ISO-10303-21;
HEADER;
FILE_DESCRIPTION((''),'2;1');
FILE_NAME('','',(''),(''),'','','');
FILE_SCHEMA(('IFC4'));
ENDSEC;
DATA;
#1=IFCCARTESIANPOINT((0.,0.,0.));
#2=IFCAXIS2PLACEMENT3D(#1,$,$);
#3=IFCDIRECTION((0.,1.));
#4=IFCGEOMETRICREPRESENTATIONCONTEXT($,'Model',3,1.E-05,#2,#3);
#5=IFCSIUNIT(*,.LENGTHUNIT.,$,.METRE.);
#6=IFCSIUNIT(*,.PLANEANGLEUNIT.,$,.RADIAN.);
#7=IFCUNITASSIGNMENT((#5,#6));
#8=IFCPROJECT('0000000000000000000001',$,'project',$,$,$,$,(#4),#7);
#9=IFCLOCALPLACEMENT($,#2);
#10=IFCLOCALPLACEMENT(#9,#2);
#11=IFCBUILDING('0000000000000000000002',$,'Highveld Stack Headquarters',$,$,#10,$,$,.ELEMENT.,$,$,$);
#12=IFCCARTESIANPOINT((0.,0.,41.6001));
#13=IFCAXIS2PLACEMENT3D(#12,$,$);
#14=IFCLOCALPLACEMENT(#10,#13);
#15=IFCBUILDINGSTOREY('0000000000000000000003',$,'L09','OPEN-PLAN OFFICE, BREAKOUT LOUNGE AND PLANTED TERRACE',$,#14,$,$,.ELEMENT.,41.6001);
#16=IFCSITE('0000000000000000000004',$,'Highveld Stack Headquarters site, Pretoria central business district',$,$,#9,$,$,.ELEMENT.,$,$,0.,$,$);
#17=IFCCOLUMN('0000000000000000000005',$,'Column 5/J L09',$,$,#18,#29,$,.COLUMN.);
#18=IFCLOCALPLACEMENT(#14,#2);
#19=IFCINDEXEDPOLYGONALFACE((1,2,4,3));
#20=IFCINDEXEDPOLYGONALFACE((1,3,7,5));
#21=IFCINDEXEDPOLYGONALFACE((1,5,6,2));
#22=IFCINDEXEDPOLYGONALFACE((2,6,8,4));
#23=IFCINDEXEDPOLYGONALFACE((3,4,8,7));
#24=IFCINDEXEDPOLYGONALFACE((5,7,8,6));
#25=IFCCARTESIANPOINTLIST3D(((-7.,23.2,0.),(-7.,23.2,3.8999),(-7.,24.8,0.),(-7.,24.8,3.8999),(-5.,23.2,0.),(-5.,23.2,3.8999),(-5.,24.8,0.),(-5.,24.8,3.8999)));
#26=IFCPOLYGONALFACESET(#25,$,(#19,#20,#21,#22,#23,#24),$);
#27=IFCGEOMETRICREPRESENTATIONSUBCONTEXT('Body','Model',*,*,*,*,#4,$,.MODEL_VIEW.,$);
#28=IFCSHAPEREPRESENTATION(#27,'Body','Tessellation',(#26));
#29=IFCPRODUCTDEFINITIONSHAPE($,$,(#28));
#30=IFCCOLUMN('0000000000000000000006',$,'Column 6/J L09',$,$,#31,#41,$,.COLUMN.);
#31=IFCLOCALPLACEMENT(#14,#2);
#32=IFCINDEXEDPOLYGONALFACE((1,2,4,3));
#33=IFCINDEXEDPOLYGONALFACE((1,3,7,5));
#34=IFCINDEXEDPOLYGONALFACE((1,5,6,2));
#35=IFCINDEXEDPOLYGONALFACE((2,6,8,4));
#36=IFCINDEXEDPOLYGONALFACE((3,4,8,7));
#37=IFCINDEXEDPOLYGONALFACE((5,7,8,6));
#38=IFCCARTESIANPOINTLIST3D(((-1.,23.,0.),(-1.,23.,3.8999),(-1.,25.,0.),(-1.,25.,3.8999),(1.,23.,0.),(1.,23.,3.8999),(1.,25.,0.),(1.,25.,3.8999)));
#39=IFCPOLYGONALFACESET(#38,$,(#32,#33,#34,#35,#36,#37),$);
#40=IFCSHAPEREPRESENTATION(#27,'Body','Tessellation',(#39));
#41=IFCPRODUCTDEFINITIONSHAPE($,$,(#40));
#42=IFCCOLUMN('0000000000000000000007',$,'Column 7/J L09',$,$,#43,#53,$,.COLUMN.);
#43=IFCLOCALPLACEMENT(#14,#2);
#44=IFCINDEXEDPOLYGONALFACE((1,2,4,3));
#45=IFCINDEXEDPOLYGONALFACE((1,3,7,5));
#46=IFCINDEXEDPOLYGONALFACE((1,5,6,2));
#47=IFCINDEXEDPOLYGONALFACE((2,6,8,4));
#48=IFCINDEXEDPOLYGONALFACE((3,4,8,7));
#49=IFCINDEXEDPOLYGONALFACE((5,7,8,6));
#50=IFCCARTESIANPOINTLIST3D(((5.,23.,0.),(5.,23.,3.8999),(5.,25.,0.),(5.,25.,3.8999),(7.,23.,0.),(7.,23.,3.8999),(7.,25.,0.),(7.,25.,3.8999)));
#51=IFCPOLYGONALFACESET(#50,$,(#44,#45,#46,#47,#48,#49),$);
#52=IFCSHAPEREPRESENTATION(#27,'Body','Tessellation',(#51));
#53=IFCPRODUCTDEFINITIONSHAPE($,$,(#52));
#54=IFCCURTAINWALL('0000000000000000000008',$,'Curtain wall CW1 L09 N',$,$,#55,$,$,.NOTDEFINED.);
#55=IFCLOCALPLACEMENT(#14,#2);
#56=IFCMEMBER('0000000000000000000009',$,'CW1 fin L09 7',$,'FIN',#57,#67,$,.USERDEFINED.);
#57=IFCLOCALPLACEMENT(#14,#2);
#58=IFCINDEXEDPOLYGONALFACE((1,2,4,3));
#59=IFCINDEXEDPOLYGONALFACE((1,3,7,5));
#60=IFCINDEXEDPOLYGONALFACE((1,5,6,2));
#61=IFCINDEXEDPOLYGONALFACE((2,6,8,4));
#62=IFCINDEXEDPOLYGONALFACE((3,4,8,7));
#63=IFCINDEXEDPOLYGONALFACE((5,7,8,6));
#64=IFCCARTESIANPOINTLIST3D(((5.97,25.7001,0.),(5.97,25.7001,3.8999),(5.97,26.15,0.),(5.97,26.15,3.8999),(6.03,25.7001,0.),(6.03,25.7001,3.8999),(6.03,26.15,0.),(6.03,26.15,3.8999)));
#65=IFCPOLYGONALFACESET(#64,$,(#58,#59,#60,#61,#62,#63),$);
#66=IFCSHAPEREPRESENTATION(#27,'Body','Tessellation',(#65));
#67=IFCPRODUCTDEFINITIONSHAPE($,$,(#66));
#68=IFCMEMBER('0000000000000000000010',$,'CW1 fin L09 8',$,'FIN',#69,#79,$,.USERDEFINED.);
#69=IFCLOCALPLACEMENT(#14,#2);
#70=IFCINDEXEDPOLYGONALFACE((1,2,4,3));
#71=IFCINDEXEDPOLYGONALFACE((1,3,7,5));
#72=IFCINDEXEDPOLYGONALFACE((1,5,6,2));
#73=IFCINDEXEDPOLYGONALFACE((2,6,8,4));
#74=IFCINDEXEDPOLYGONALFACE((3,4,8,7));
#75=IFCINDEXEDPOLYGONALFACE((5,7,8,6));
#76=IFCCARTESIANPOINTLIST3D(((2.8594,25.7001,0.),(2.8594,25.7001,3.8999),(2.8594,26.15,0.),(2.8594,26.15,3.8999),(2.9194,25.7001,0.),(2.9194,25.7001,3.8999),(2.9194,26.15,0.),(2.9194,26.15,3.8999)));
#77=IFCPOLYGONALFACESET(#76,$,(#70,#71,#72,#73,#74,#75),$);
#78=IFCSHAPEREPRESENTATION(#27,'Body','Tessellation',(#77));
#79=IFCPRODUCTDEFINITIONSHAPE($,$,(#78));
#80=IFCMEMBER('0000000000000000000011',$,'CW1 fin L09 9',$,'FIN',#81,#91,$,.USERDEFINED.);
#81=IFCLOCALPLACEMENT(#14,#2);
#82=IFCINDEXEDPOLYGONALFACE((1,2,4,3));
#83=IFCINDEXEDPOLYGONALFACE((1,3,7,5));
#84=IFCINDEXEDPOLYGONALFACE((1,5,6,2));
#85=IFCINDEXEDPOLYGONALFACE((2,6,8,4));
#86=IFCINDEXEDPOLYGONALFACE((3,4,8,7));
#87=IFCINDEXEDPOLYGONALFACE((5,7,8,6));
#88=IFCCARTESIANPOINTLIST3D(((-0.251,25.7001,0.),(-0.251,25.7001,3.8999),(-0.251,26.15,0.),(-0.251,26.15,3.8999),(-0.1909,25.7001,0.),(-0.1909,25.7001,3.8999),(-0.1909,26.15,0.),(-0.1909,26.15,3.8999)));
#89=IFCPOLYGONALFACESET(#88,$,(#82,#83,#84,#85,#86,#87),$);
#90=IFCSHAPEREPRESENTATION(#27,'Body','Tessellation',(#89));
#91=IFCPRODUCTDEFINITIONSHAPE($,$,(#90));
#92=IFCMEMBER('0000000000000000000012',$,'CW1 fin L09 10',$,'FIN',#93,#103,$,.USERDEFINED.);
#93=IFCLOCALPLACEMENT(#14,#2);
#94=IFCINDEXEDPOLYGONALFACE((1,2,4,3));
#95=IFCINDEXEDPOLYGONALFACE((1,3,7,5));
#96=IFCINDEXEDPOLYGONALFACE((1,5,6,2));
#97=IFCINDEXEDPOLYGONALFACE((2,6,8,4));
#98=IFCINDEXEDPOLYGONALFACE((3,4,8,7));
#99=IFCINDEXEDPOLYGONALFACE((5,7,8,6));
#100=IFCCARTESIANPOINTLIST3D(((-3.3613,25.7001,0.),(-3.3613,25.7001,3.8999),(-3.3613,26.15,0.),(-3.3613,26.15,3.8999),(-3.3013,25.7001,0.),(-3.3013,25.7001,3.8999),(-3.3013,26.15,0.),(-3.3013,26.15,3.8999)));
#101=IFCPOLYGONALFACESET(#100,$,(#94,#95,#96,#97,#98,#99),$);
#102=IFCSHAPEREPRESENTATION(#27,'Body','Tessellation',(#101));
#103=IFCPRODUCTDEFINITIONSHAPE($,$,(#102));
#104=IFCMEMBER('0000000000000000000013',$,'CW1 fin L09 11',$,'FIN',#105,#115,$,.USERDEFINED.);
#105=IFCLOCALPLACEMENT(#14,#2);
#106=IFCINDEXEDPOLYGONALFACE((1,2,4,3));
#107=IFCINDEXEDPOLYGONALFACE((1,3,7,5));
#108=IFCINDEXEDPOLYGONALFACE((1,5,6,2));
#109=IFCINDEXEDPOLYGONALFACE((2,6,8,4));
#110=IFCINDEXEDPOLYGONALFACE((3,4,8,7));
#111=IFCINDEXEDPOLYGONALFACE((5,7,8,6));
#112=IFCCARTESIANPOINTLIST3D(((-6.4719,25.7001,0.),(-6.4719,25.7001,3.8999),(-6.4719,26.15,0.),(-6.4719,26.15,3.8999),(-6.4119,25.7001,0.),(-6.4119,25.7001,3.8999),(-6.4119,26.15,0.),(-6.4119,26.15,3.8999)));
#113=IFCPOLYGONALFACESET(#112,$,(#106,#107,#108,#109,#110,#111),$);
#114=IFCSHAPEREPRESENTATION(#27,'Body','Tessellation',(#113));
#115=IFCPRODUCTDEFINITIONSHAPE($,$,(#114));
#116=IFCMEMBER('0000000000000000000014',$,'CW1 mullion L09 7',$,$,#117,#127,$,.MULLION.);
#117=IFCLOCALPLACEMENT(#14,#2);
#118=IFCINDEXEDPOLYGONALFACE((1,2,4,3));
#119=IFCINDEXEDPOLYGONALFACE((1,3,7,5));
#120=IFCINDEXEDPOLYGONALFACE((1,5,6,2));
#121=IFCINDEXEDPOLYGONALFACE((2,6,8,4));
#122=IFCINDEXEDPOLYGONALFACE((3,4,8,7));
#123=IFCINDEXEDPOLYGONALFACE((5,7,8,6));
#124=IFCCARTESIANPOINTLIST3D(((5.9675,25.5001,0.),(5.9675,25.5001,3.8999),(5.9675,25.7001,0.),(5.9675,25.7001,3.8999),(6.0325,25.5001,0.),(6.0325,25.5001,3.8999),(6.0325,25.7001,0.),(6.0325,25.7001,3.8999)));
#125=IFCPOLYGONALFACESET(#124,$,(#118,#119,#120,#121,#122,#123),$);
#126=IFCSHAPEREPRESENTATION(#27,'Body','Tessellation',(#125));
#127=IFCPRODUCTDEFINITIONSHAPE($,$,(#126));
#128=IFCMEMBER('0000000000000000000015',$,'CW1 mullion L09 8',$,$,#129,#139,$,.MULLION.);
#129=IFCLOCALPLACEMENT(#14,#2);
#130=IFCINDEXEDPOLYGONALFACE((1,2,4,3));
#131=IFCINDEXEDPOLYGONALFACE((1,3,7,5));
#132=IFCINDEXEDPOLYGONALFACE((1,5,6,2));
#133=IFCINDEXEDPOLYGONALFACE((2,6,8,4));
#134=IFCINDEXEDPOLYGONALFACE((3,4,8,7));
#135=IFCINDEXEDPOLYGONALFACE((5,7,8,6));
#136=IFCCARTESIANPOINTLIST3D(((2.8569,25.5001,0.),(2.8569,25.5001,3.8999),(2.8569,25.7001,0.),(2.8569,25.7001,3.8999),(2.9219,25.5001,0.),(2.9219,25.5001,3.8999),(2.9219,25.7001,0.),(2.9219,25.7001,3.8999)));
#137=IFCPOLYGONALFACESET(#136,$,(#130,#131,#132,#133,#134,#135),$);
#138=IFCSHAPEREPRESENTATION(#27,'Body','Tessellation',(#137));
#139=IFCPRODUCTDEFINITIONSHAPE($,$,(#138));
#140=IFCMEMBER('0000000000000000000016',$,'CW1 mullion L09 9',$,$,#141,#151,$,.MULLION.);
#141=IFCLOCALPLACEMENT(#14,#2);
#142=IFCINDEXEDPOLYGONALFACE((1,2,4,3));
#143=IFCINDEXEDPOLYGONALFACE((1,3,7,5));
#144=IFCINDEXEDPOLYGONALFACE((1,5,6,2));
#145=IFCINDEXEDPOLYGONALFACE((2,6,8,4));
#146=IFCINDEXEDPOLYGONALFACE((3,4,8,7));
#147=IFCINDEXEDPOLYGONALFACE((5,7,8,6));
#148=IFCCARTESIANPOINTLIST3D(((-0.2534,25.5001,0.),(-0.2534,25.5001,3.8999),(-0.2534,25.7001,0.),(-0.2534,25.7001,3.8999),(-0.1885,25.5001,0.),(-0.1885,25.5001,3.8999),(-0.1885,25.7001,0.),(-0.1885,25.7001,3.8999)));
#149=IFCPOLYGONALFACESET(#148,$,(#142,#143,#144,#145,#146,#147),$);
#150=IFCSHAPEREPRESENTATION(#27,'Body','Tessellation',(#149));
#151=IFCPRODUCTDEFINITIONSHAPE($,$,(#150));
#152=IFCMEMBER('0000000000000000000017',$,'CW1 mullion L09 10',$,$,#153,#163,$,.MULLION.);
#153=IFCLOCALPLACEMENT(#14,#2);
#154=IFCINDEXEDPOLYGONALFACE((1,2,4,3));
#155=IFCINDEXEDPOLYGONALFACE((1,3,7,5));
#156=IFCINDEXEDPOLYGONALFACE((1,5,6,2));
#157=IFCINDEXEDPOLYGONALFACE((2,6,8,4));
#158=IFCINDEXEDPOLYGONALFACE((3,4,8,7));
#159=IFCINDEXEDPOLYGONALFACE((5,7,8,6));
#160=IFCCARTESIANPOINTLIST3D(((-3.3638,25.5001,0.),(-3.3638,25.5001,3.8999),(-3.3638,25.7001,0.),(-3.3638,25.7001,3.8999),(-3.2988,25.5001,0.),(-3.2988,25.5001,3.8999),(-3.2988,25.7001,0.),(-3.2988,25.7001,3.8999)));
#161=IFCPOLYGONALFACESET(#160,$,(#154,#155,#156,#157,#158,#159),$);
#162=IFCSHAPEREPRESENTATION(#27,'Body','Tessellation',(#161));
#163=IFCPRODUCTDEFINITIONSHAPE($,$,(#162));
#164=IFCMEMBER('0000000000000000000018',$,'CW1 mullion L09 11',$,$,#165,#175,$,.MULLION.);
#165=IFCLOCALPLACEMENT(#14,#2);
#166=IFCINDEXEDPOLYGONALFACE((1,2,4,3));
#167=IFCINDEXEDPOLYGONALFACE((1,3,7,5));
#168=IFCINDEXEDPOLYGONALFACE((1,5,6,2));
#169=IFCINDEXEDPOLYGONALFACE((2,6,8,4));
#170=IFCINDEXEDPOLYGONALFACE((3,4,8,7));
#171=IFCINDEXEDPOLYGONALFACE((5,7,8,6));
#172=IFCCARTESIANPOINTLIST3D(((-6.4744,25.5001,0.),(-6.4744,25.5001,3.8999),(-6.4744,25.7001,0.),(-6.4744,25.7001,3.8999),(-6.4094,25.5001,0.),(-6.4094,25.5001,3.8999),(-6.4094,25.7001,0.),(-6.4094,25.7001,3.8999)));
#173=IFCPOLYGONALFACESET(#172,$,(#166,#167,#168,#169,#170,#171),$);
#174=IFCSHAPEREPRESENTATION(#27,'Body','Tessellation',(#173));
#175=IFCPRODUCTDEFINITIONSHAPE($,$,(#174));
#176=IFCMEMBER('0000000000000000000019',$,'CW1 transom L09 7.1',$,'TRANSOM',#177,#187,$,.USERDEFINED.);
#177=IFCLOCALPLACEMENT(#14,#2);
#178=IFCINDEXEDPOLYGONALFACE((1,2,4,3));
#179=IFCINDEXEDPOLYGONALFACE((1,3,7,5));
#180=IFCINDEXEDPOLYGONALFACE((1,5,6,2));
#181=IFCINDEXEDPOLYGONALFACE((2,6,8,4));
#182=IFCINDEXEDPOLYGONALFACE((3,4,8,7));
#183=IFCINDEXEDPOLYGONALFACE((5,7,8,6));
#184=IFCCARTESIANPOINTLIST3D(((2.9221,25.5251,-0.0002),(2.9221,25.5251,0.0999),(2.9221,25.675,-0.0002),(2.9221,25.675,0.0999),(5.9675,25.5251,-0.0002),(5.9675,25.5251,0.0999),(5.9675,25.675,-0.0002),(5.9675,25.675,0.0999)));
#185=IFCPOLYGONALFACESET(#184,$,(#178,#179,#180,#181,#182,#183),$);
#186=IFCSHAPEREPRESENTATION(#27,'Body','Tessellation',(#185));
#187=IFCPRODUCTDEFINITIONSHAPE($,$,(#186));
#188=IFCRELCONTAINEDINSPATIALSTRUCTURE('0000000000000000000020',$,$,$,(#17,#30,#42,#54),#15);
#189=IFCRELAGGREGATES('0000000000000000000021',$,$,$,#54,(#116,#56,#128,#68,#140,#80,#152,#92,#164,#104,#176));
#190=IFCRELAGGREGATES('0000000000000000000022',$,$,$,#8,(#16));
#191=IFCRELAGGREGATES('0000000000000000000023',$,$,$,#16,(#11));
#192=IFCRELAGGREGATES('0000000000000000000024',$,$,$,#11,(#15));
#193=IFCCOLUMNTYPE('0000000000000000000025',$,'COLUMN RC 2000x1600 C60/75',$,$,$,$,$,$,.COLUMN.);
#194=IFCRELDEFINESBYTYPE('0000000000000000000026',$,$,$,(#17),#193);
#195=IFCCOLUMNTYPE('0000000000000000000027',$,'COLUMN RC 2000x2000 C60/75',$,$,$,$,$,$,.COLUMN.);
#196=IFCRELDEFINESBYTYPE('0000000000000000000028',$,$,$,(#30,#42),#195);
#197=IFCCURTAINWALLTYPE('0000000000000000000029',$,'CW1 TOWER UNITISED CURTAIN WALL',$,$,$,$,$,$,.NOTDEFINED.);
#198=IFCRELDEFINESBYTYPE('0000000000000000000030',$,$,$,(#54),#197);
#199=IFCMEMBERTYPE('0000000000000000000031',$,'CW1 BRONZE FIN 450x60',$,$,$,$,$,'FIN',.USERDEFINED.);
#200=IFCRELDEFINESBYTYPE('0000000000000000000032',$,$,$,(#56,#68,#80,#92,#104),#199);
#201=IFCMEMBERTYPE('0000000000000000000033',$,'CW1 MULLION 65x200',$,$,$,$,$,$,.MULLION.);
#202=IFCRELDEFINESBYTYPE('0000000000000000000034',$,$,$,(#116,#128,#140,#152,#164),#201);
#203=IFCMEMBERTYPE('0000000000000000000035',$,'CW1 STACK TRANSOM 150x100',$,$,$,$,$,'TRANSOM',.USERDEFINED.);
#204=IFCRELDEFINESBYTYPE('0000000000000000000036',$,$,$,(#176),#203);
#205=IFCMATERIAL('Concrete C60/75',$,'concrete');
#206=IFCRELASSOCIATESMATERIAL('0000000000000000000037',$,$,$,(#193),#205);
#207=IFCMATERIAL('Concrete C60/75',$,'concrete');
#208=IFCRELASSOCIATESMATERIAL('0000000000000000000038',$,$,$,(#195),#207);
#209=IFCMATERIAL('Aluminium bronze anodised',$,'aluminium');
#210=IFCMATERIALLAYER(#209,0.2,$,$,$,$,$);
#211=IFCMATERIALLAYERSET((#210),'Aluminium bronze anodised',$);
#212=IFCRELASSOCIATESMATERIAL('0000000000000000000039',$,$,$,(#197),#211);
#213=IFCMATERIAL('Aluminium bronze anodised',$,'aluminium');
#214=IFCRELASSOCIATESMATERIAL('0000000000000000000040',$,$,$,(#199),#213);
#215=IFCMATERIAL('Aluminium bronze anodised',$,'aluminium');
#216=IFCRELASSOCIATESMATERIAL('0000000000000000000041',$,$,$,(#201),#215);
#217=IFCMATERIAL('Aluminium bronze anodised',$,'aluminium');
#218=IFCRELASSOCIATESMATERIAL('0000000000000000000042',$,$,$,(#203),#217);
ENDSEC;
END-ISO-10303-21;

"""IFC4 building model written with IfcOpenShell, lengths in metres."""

from ifc_helpers import new_model, si_unit, direction, frame, origin, origin_2d, place, context, subcontext, project, spatial, rectangle, extrude, material, layer, layer_set, material_profile, profile_set, type_object, element, aggregate, save


model = new_model("IFC4")

# Units and contexts
model_context = context("Model", 3, precision=1e-05, world=origin(), true_north=direction((0.0, 1.0)))
body_context = subcontext(model_context, "Body", "Model", "MODEL_VIEW")
ifc_project = project(units=[si_unit("LENGTHUNIT", "METRE"), si_unit("PLANEANGLEUNIT", "RADIAN")], contexts=[model_context])

# Site, building, storey
site_placement = place(None, origin())
site = spatial("IfcSite", under=ifc_project, at=site_placement, Name="Highveld Stack Headquarters site, Pretoria central business district", CompositionType="ELEMENT", RefElevation=0.0)
building_placement = place(site_placement, origin())
building = spatial("IfcBuilding", under=site, at=building_placement, Name="Highveld Stack Headquarters", CompositionType="ELEMENT")
storey_placement = place(building_placement, frame((0.0, 0.0, 41.6001)))
storey = spatial("IfcBuildingStorey", under=building, at=storey_placement, Name="L09", Description="OPEN-PLAN OFFICE, BREAKOUT LOUNGE AND PLANTED TERRACE", CompositionType="ELEMENT", Elevation=41.6001)

# Columns
ifc_material_1 = material(Name="Concrete C60/75", Category="concrete")
ifc_material_profile_1 = material_profile(ifc_material_1, rectangle(XDim=2.0, YDim=1.6001, at=origin_2d()), Name="RC 2000x1600")
ifc_profile_set_1 = profile_set([ifc_material_profile_1], Name="Concrete C60/75")
column_type_1 = type_object("IfcColumnType", Name="COLUMN RC 2000x1600 C60/75", PredefinedType="COLUMN", material=ifc_profile_set_1)
column_placement = place(storey_placement, frame((-6.0, 24.0, 0.0), z_axis=(0.0, 0.0, 1.0), x_axis=(1.0, 0.0, 0.0)))
element("IfcColumn", 1, at=column_placement, inside=storey, type_object=column_type_1, Name="Column 5/J L09", PredefinedType="COLUMN", context=body_context, shape_type="SweptSolid", body=[
    extrude(rectangle(XDim=2.0, YDim=1.6001, at=origin_2d()), origin(), (0.0, 0.0, 1.0), 3.8999),
])
ifc_material_2 = material(Name="Concrete C60/75", Category="concrete")
ifc_material_profile_2 = material_profile(ifc_material_2, rectangle(XDim=2.0, YDim=2.0, at=origin_2d()), Name="RC 2000x2000")
ifc_profile_set_2 = profile_set([ifc_material_profile_2], Name="Concrete C60/75")
column_type_2 = type_object("IfcColumnType", Name="COLUMN RC 2000x2000 C60/75", PredefinedType="COLUMN", material=ifc_profile_set_2)
for number, where, z_axis, x_axis, name in (
    (2, (0.0, 24.0, 0.0), (0.0, 0.0, 1.0), (1.0, 0.0, 0.0), "Column 6/J L09"),
    (3, (6.0, 24.0, 0.0), (0.0, 0.0, 1.0), (1.0, 0.0, 0.0), "Column 7/J L09"),
):
    element("IfcColumn", number, at=place(storey_placement, frame(where, z_axis=z_axis, x_axis=x_axis)), inside=storey, type_object=column_type_2, Name=name, PredefinedType="COLUMN", context=body_context, shape_type="SweptSolid", body=[
        extrude(rectangle(XDim=2.0, YDim=2.0, at=origin_2d()), origin(), (0.0, 0.0, 1.0), 3.8999),
    ])

# Curtain wall, members
ifc_material_3 = material(Name="Aluminium bronze anodised", Category="aluminium")
ifc_layer_1 = layer(ifc_material_3, 0.2)
ifc_layer_set_1 = layer_set([ifc_layer_1], Name="Aluminium bronze anodised")
curtain_wall_type = type_object("IfcCurtainWallType", Name="CW1 TOWER UNITISED CURTAIN WALL", PredefinedType="NOTDEFINED", material=ifc_layer_set_1)
curtain_wall_placement = place(storey_placement, origin())
curtain_wall = element("IfcCurtainWall", 4, at=curtain_wall_placement, inside=storey, type_object=curtain_wall_type, Name="Curtain wall CW1 L09 N", PredefinedType="NOTDEFINED")
ifc_material_4 = material(Name="Aluminium bronze anodised", Category="aluminium")
ifc_material_profile_3 = material_profile(ifc_material_4, rectangle(XDim=0.45, YDim=0.0601, at=origin_2d()), Name="FIN 450x60")
ifc_profile_set_3 = profile_set([ifc_material_profile_3], Name="Aluminium bronze anodised")
member_type_1 = type_object("IfcMemberType", Name="CW1 BRONZE FIN 450x60", ElementType="FIN", PredefinedType="USERDEFINED", material=ifc_profile_set_3)
member_1_placement = place(storey_placement, frame((6.0, 25.925, 0.0), z_axis=(0.0, 0.0, 1.0), x_axis=(0.0, -1.0, 0.0)))
member_1 = element("IfcMember", 5, at=member_1_placement, type_object=member_type_1, Name="CW1 fin L09 7", ObjectType="FIN", PredefinedType="USERDEFINED", context=body_context, shape_type="SweptSolid", body=[
    extrude(rectangle(XDim=0.45, YDim=0.0601, at=origin_2d()), origin(), (0.0, 0.0, 1.0), 3.8999),
])
member_2_placement = place(storey_placement, frame((2.8894, 25.925, 0.0), z_axis=(0.0, 0.0, 1.0), x_axis=(0.0, -1.0, 0.0)))
member_2 = element("IfcMember", 6, at=member_2_placement, type_object=member_type_1, Name="CW1 fin L09 8", ObjectType="FIN", PredefinedType="USERDEFINED", context=body_context, shape_type="SweptSolid", body=[
    extrude(rectangle(XDim=0.45, YDim=0.0601, at=origin_2d()), origin(), (0.0, 0.0, 1.0), 3.8999),
])
member_3_placement = place(storey_placement, frame((-0.2209, 25.925, 0.0), z_axis=(0.0, 0.0, 1.0), x_axis=(0.0, -1.0, 0.0)))
member_3 = element("IfcMember", 7, at=member_3_placement, type_object=member_type_1, Name="CW1 fin L09 9", ObjectType="FIN", PredefinedType="USERDEFINED", context=body_context, shape_type="SweptSolid", body=[
    extrude(rectangle(XDim=0.45, YDim=0.0601, at=origin_2d()), origin(), (0.0, 0.0, 1.0), 3.8999),
])
member_4_placement = place(storey_placement, frame((-3.3313, 25.925, 0.0), z_axis=(0.0, 0.0, 1.0), x_axis=(0.0, -1.0, 0.0)))
member_4 = element("IfcMember", 8, at=member_4_placement, type_object=member_type_1, Name="CW1 fin L09 10", ObjectType="FIN", PredefinedType="USERDEFINED", context=body_context, shape_type="SweptSolid", body=[
    extrude(rectangle(XDim=0.45, YDim=0.0601, at=origin_2d()), origin(), (0.0, 0.0, 1.0), 3.8999),
])
member_5_placement = place(storey_placement, frame((-6.4419, 25.925, 0.0), z_axis=(0.0, 0.0, 1.0), x_axis=(0.0, -1.0, 0.0)))
member_5 = element("IfcMember", 9, at=member_5_placement, type_object=member_type_1, Name="CW1 fin L09 11", ObjectType="FIN", PredefinedType="USERDEFINED", context=body_context, shape_type="SweptSolid", body=[
    extrude(rectangle(XDim=0.45, YDim=0.0601, at=origin_2d()), origin(), (0.0, 0.0, 1.0), 3.8999),
])
ifc_material_5 = material(Name="Aluminium bronze anodised", Category="aluminium")
ifc_material_profile_4 = material_profile(ifc_material_5, rectangle(XDim=0.2, YDim=0.0649, at=origin_2d()), Name="CW1 MULLION 65x200")
ifc_profile_set_4 = profile_set([ifc_material_profile_4], Name="Aluminium bronze anodised")
member_type_2 = type_object("IfcMemberType", Name="CW1 MULLION 65x200", PredefinedType="MULLION", material=ifc_profile_set_4)
member_6_placement = place(storey_placement, frame((6.0, 25.6001, 0.0), z_axis=(0.0, 0.0, 1.0), x_axis=(0.0, -1.0, 0.0)))
member_6 = element("IfcMember", 10, at=member_6_placement, type_object=member_type_2, Name="CW1 mullion L09 7", PredefinedType="MULLION", context=body_context, shape_type="SweptSolid", body=[
    extrude(rectangle(XDim=0.2, YDim=0.0649, at=origin_2d()), origin(), (0.0, 0.0, 1.0), 3.8999),
])
member_7_placement = place(storey_placement, frame((2.8894, 25.6001, 0.0), z_axis=(0.0, 0.0, 1.0), x_axis=(0.0, -1.0, 0.0)))
member_7 = element("IfcMember", 11, at=member_7_placement, type_object=member_type_2, Name="CW1 mullion L09 8", PredefinedType="MULLION", context=body_context, shape_type="SweptSolid", body=[
    extrude(rectangle(XDim=0.2, YDim=0.0649, at=origin_2d()), origin(), (0.0, 0.0, 1.0), 3.8999),
])
member_8_placement = place(storey_placement, frame((-0.2209, 25.6001, 0.0), z_axis=(0.0, 0.0, 1.0), x_axis=(0.0, -1.0, 0.0)))
member_8 = element("IfcMember", 12, at=member_8_placement, type_object=member_type_2, Name="CW1 mullion L09 9", PredefinedType="MULLION", context=body_context, shape_type="SweptSolid", body=[
    extrude(rectangle(XDim=0.2, YDim=0.0649, at=origin_2d()), origin(), (0.0, 0.0, 1.0), 3.8999),
])
member_9_placement = place(storey_placement, frame((-3.3313, 25.6001, 0.0), z_axis=(0.0, 0.0, 1.0), x_axis=(0.0, -1.0, 0.0)))
member_9 = element("IfcMember", 13, at=member_9_placement, type_object=member_type_2, Name="CW1 mullion L09 10", PredefinedType="MULLION", context=body_context, shape_type="SweptSolid", body=[
    extrude(rectangle(XDim=0.2, YDim=0.0649, at=origin_2d()), origin(), (0.0, 0.0, 1.0), 3.8999),
])
member_10_placement = place(storey_placement, frame((-6.4419, 25.6001, 0.0), z_axis=(0.0, 0.0, 1.0), x_axis=(0.0, -1.0, 0.0)))
member_10 = element("IfcMember", 14, at=member_10_placement, type_object=member_type_2, Name="CW1 mullion L09 11", PredefinedType="MULLION", context=body_context, shape_type="SweptSolid", body=[
    extrude(rectangle(XDim=0.2, YDim=0.0649, at=origin_2d()), origin(), (0.0, 0.0, 1.0), 3.8999),
])
ifc_material_6 = material(Name="Aluminium bronze anodised", Category="aluminium")
ifc_material_profile_5 = material_profile(ifc_material_6, rectangle(XDim=0.1499, YDim=0.1001, at=origin_2d()), Name="CW1 TRANSOM 150x100")
ifc_profile_set_5 = profile_set([ifc_material_profile_5], Name="Aluminium bronze anodised")
member_type_3 = type_object("IfcMemberType", Name="CW1 STACK TRANSOM 150x100", ElementType="TRANSOM", PredefinedType="USERDEFINED", material=ifc_profile_set_5)
member_11_placement = place(storey_placement, frame((5.9675, 25.6001, 0.0498), z_axis=(-1.0, 0.0, 0.0), x_axis=(0.0, -1.0, 0.0)))
member_11 = element("IfcMember", 15, at=member_11_placement, type_object=member_type_3, Name="CW1 transom L09 7.1", ObjectType="TRANSOM", PredefinedType="USERDEFINED", context=body_context, shape_type="SweptSolid", body=[
    extrude(rectangle(XDim=0.1499, YDim=0.1001, at=origin_2d()), origin(), (0.0, 0.0, 1.0), 3.0454),
])
aggregate(curtain_wall, [member_6, member_1, member_7, member_2, member_8, member_3, member_9, member_4, member_10, member_5, member_11])

save(model, "model.ifc")
